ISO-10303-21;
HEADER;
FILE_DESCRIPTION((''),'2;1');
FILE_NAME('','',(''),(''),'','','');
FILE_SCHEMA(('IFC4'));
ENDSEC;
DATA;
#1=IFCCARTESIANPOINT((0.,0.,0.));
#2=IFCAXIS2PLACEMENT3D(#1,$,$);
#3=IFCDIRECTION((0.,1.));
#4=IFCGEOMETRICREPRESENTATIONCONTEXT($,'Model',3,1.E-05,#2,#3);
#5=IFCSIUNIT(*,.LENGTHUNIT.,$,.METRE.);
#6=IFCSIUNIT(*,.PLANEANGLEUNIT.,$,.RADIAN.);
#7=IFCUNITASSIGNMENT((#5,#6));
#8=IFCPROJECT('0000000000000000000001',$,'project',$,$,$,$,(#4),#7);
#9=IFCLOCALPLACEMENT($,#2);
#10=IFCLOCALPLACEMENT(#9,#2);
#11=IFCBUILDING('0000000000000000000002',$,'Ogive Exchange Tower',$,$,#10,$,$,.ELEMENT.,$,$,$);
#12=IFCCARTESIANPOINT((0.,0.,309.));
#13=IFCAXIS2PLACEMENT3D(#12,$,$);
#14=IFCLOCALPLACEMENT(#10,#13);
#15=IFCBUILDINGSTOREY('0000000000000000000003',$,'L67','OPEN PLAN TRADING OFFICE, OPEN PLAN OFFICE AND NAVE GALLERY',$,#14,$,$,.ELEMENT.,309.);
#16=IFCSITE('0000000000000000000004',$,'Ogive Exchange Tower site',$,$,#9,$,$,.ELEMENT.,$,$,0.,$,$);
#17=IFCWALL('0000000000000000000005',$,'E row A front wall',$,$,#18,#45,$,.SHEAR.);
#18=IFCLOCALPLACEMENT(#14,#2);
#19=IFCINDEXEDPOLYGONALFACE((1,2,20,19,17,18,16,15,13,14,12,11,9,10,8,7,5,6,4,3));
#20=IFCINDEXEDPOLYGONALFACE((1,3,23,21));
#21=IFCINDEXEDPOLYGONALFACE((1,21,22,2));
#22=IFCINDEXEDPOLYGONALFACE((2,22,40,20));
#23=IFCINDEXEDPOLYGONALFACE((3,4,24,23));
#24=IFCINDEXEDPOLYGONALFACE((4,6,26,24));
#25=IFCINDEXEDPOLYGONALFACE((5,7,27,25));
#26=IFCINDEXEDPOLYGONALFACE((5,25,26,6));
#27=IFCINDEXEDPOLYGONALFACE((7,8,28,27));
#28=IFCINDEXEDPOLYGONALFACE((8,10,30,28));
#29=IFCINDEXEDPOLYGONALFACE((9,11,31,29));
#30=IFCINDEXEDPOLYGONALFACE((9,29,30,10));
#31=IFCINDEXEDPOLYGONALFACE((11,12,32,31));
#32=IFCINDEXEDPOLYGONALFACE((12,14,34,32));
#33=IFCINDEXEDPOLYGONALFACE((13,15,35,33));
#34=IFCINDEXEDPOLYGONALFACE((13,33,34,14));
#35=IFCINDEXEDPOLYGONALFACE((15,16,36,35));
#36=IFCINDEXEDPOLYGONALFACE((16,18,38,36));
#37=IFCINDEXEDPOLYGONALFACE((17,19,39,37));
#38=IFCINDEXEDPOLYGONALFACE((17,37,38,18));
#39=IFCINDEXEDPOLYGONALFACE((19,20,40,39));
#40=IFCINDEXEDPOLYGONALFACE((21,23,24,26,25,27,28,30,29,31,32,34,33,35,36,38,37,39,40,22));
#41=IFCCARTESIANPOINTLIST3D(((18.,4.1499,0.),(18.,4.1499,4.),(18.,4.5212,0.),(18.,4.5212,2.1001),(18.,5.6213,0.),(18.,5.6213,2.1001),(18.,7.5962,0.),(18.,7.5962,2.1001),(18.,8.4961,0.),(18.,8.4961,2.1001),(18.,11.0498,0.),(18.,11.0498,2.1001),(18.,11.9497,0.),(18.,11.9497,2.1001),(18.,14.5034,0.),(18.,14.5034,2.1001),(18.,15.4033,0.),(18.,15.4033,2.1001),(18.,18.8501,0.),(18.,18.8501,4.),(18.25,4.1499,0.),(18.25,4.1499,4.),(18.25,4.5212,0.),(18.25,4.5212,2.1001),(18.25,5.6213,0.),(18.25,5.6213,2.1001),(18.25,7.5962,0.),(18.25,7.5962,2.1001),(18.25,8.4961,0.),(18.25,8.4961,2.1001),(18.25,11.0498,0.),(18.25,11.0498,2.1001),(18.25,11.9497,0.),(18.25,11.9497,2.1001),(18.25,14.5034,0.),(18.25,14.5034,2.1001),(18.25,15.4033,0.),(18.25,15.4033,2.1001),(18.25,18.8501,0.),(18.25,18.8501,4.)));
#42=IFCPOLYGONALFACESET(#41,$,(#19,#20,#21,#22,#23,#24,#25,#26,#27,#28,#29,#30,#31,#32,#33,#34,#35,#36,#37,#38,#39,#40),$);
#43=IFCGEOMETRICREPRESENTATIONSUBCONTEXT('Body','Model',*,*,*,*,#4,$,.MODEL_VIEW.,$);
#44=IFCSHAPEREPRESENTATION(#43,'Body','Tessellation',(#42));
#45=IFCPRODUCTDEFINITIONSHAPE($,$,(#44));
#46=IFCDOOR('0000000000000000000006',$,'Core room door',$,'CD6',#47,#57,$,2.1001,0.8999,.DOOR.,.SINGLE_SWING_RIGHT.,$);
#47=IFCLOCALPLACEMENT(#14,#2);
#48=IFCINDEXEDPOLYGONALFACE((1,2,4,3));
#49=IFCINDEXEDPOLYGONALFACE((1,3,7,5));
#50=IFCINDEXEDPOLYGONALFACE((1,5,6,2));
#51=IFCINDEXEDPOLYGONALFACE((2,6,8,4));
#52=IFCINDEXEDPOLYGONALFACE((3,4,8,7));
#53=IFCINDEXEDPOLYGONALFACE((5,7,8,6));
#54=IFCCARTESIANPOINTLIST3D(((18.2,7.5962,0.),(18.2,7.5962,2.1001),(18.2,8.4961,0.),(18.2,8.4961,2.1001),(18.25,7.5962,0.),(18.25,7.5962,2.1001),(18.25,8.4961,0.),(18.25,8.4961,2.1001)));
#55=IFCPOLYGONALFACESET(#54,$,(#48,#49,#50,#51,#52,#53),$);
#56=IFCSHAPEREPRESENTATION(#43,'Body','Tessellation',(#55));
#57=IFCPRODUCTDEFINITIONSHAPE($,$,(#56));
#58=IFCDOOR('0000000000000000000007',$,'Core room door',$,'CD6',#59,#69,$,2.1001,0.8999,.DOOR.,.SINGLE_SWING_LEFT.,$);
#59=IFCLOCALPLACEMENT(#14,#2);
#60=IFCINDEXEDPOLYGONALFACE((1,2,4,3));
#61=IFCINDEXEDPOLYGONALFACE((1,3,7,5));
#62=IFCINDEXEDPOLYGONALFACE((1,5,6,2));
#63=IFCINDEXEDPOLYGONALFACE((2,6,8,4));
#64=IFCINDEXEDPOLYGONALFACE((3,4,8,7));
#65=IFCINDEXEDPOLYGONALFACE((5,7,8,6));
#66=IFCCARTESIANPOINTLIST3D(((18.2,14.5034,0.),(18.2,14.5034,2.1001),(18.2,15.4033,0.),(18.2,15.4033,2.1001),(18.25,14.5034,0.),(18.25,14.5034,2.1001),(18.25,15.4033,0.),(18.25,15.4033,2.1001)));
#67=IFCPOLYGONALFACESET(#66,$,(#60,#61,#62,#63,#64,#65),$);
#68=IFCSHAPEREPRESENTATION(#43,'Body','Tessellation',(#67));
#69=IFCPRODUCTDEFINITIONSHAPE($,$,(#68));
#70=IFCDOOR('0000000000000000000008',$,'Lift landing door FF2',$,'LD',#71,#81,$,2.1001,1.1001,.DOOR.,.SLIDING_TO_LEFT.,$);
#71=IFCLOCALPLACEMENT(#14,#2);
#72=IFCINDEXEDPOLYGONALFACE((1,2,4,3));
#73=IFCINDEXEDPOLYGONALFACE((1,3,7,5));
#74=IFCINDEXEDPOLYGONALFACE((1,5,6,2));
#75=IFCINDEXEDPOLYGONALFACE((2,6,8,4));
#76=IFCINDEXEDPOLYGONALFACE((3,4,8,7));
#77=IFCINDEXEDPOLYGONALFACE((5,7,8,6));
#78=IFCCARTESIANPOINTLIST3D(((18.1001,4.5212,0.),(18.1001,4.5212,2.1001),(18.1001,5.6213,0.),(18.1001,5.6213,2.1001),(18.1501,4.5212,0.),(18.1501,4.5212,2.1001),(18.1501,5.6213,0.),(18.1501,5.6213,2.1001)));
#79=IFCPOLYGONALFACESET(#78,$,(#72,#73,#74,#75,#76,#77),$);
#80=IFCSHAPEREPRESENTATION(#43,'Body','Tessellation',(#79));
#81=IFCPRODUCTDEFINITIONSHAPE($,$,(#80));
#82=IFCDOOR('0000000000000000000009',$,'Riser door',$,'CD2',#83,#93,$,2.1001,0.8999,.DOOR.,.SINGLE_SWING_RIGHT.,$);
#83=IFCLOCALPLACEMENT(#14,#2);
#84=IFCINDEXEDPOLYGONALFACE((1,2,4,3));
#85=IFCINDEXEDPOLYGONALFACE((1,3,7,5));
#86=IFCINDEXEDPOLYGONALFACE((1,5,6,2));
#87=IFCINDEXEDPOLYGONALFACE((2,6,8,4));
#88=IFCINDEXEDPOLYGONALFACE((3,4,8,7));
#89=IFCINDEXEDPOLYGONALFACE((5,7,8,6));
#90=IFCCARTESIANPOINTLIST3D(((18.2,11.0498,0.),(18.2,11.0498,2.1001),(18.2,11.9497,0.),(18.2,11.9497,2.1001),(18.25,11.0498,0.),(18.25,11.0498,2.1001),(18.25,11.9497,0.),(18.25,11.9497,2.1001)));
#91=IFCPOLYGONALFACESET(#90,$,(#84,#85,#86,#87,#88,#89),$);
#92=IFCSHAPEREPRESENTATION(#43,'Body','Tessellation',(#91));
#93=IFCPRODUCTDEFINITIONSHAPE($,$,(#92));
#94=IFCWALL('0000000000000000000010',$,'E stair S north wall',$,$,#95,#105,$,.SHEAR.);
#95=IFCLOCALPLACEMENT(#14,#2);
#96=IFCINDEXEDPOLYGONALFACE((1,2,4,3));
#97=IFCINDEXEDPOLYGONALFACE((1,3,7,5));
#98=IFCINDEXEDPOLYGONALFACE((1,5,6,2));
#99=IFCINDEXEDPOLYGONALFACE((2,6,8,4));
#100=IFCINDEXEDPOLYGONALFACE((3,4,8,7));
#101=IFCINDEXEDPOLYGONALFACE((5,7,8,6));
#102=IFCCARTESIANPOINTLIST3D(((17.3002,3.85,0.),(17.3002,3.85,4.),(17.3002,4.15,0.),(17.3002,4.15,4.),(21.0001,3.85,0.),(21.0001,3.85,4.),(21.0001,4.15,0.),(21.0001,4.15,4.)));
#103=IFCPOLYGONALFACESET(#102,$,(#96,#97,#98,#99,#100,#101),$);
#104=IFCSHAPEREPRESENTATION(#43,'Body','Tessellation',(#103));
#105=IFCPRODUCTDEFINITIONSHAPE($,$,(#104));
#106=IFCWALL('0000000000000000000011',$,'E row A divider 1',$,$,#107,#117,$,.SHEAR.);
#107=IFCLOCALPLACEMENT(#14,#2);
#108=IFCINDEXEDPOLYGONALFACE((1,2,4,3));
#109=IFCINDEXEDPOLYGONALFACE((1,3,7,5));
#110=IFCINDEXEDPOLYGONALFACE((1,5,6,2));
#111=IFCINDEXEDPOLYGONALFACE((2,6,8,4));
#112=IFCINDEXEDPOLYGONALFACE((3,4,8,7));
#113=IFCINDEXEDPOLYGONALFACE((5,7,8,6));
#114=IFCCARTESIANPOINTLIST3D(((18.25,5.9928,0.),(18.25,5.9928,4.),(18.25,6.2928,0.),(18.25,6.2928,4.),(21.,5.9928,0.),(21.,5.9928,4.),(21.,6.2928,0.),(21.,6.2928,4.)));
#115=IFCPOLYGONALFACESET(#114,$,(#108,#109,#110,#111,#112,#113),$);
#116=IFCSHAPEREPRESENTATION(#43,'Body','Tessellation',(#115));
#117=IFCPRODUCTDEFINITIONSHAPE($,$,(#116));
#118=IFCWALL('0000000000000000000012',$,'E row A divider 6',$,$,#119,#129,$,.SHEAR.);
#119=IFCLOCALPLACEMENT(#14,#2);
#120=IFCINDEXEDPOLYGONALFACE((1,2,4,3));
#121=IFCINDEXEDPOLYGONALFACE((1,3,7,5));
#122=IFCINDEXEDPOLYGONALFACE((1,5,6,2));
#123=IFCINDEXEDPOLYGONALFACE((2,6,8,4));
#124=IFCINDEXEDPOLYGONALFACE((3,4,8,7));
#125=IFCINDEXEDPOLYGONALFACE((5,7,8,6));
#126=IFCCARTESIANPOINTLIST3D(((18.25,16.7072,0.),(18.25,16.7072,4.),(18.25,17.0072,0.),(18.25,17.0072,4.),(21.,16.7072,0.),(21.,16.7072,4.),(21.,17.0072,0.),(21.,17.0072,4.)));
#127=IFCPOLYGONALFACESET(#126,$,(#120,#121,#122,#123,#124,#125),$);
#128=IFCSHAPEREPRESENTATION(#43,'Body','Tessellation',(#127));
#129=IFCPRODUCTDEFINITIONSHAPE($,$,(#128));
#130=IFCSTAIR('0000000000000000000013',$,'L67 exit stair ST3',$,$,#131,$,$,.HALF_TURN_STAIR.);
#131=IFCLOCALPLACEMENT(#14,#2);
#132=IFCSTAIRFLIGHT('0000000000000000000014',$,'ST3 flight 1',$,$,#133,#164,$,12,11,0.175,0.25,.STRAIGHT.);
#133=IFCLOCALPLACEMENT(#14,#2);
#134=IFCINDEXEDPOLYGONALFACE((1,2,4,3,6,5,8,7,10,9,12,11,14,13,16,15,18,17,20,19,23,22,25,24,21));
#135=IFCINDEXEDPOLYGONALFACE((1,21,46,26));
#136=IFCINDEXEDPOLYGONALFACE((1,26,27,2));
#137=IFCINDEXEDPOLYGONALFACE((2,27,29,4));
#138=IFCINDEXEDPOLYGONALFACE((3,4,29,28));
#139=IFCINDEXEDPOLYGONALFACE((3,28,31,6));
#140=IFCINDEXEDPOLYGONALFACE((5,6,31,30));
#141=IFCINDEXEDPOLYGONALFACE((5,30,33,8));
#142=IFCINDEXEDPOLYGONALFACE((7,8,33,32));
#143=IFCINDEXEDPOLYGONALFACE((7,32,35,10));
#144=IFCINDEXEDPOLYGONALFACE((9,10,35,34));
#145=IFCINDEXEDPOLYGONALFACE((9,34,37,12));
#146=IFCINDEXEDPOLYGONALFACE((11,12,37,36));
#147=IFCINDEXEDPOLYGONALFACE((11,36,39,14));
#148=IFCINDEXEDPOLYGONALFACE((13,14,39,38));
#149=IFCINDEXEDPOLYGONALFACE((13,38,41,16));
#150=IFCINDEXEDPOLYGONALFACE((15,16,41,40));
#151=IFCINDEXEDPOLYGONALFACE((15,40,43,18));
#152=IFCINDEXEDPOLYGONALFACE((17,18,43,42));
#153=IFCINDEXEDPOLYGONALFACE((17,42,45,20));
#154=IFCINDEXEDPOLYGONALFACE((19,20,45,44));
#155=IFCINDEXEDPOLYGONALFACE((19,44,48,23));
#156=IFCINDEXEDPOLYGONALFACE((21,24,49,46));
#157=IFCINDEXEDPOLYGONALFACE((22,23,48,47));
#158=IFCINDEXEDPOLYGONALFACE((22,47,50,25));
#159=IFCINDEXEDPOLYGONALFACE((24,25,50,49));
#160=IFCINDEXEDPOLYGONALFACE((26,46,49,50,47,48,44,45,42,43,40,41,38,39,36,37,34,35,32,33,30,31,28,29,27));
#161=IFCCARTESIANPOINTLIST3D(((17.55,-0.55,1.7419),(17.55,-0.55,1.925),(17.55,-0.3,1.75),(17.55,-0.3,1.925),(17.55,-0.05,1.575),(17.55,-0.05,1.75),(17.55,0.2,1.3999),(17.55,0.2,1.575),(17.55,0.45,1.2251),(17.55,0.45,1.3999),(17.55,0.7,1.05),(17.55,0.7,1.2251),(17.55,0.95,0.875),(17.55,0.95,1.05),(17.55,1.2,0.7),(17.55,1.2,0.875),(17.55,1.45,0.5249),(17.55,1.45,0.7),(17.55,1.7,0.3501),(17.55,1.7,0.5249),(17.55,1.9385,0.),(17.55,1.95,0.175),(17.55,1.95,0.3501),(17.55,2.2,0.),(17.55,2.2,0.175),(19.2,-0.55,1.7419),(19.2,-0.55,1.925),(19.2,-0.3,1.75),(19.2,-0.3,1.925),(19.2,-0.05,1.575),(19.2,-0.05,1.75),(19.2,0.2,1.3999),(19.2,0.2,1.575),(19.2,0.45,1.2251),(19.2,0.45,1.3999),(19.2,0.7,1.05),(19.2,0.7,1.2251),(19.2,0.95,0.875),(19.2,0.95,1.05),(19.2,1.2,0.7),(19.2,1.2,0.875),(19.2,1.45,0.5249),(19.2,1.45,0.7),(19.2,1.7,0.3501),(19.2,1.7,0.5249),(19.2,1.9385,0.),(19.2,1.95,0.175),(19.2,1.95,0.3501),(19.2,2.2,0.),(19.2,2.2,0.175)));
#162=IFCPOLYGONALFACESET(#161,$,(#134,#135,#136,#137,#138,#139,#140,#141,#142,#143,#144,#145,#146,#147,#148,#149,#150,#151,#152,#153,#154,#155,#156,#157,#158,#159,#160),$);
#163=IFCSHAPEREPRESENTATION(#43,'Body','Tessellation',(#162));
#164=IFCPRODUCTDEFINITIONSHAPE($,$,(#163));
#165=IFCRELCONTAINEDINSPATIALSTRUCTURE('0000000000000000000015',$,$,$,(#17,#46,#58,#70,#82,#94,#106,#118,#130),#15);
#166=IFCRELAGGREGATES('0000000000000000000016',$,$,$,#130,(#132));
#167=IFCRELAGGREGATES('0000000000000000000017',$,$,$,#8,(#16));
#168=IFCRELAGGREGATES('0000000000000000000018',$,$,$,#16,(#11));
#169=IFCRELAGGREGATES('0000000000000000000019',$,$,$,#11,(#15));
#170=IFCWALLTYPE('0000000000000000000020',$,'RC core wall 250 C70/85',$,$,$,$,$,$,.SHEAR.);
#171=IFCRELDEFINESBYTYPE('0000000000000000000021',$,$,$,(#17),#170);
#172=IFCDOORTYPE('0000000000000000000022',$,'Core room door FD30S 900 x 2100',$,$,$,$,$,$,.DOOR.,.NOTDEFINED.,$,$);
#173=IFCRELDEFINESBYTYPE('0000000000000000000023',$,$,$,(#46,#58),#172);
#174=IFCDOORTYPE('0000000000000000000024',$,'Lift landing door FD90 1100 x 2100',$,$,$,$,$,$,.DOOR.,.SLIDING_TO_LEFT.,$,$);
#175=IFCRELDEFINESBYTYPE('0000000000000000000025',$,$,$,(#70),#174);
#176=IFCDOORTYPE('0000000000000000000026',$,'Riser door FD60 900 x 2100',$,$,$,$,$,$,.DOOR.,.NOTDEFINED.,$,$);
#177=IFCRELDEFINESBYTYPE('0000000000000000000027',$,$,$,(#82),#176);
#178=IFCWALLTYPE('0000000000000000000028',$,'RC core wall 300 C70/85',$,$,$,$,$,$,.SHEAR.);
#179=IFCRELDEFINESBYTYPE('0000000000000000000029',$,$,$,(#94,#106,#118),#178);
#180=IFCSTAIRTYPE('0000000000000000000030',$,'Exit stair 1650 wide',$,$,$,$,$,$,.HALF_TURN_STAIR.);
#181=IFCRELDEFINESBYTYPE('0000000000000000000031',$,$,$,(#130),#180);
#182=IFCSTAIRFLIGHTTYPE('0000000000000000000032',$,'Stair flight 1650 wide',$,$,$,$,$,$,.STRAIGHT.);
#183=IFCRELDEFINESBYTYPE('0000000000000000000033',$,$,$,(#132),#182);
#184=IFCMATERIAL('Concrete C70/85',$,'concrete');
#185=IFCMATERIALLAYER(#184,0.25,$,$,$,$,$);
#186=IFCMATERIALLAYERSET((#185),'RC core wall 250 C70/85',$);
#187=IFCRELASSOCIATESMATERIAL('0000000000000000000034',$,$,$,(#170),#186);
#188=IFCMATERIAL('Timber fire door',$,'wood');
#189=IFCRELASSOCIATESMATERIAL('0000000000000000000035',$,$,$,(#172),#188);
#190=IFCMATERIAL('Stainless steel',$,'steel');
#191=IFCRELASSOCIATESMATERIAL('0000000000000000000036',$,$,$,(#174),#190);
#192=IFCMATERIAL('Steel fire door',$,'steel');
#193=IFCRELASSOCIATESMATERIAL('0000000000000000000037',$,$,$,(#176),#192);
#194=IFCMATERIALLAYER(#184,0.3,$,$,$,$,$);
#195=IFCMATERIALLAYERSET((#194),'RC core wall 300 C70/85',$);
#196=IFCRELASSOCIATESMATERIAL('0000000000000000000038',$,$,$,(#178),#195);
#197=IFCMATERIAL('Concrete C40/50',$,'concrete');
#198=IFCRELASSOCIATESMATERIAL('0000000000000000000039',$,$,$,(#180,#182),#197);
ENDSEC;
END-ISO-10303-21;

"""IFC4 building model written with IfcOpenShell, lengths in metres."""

from ifc_helpers import new_model, si_unit, direction, frame, frame_2d, origin, place, context, subcontext, project, spatial, polyline, rectangle, outline, extrude, material, layer, layer_set, type_object, element, fill, aggregate, save


model = new_model("IFC4")

# Units and contexts
model_context = context("Model", 3, precision=1e-05, world=origin(), true_north=direction((0.0, 1.0)))
body_context = subcontext(model_context, "Body", "Model", "MODEL_VIEW")
ifc_project = project(units=[si_unit("LENGTHUNIT", "METRE"), si_unit("PLANEANGLEUNIT", "RADIAN")], contexts=[model_context])

# Site, building, storey
site_placement = place(None, origin())
site = spatial("IfcSite", under=ifc_project, at=site_placement, Name="Ogive Exchange Tower site", CompositionType="ELEMENT", RefElevation=0.0)
building_placement = place(site_placement, origin())
building = spatial("IfcBuilding", under=site, at=building_placement, Name="Ogive Exchange Tower", CompositionType="ELEMENT")
storey_placement = place(building_placement, frame((0.0, 0.0, 309.0)))
storey = spatial("IfcBuildingStorey", under=building, at=storey_placement, Name="L67", Description="OPEN PLAN TRADING OFFICE, OPEN PLAN OFFICE AND NAVE GALLERY", CompositionType="ELEMENT", Elevation=309.0)

# Shared definitions
ifc_material_1 = material(Name="Concrete C70/85", Category="concrete")
ifc_material_2 = material(Name="Steel fire door", Category="steel")

# Wall, openings, doors
ifc_layer_1 = layer(ifc_material_1, 0.25)
ifc_layer_set_1 = layer_set([ifc_layer_1], Name="RC core wall 250 C70/85")
wall_type_1 = type_object("IfcWallType", Name="RC core wall 250 C70/85", PredefinedType="SHEAR", material=ifc_layer_set_1)
wall_1_placement = place(storey_placement, frame((18.125, 4.1499, 0.0), z_axis=(0.0, 0.0, 1.0), x_axis=(0.0, 1.0, 0.0)))
wall_1 = element("IfcWall", 1, at=wall_1_placement, inside=storey, type_object=wall_type_1, Name="E row A front wall", PredefinedType="SHEAR", context=body_context, shape_type="SweptSolid", body=[
    extrude(rectangle(XDim=14.7002, YDim=0.25, at=frame_2d((7.3501, 0.0))), origin(), (0.0, 0.0, 1.0), 4.0),
])
opening_1_placement = place(wall_1_placement, frame((3.4463, 0.0, 0.0)))
opening_1 = element("IfcOpeningElement", 2, at=opening_1_placement, cuts=wall_1, PredefinedType="OPENING", context=body_context, shape_type="SweptSolid", body=[
    extrude(rectangle(XDim=0.8999, YDim=2.1001, at=frame_2d((0.45, 1.05))), frame((0.0, 0.135, 0.0), z_axis=(0.0, -1.0, 0.0), x_axis=(1.0, 0.0, 0.0)), (0.0, 0.0, 1.0), 0.27),
])
opening_2_placement = place(wall_1_placement, frame((6.8999, 0.0, 0.0)))
opening_2 = element("IfcOpeningElement", 3, at=opening_2_placement, cuts=wall_1, PredefinedType="OPENING", context=body_context, shape_type="SweptSolid", body=[
    extrude(rectangle(XDim=0.8999, YDim=2.1001, at=frame_2d((0.45, 1.05))), frame((0.0, 0.135, 0.0), z_axis=(0.0, -1.0, 0.0), x_axis=(1.0, 0.0, 0.0)), (0.0, 0.0, 1.0), 0.27),
])
opening_3_placement = place(wall_1_placement, frame((10.3535, 0.0, 0.0)))
opening_3 = element("IfcOpeningElement", 4, at=opening_3_placement, cuts=wall_1, PredefinedType="OPENING", context=body_context, shape_type="SweptSolid", body=[
    extrude(rectangle(XDim=0.8999, YDim=2.1001, at=frame_2d((0.45, 1.05))), frame((0.0, 0.135, 0.0), z_axis=(0.0, -1.0, 0.0), x_axis=(1.0, 0.0, 0.0)), (0.0, 0.0, 1.0), 0.27),
])
opening_4_placement = place(wall_1_placement, frame((0.3713, 0.0, 0.0)))
opening_4 = element("IfcOpeningElement", 5, at=opening_4_placement, cuts=wall_1, PredefinedType="OPENING", context=body_context, shape_type="SweptSolid", body=[
    extrude(rectangle(XDim=1.1001, YDim=2.1001, at=frame_2d((0.55, 1.05))), frame((0.0, 0.135, 0.0), z_axis=(0.0, -1.0, 0.0), x_axis=(1.0, 0.0, 0.0)), (0.0, 0.0, 1.0), 0.27),
])
ifc_material_3 = material(Name="Timber fire door", Category="wood")
door_type_1 = type_object("IfcDoorType", Name="Core room door FD30S 900 x 2100", OperationType="NOTDEFINED", PredefinedType="DOOR", material=ifc_material_3)
door_1_placement = place(opening_1_placement, frame((0.8999, -0.2002, 0.0), z_axis=(0.0, 0.0, 1.0), x_axis=(-1.0, 0.0, 0.0)))
door_1 = element("IfcDoor", 6, at=door_1_placement, inside=storey, type_object=door_type_1, Name="Core room door", ObjectType="CD6", OperationType="SINGLE_SWING_RIGHT", OverallHeight=2.1001, OverallWidth=0.8999, PredefinedType="DOOR", context=body_context, shape_type="SweptSolid", body=[
    extrude(rectangle(XDim=0.8999, YDim=2.1001, at=frame_2d((0.45, 1.05))), frame((0.0, -0.0752, 0.0), z_axis=(0.0, -1.0, 0.0), x_axis=(1.0, 0.0, 0.0)), (0.0, 0.0, 1.0), 0.05),
])
fill(opening_1, door_1)
door_2_placement = place(opening_3_placement, frame((0.8999, -0.2002, 0.0), z_axis=(0.0, 0.0, 1.0), x_axis=(-1.0, 0.0, 0.0)))
door_2 = element("IfcDoor", 7, at=door_2_placement, inside=storey, type_object=door_type_1, Name="Core room door", ObjectType="CD6", OperationType="SINGLE_SWING_LEFT", OverallHeight=2.1001, OverallWidth=0.8999, PredefinedType="DOOR", context=body_context, shape_type="SweptSolid", body=[
    extrude(rectangle(XDim=0.8999, YDim=2.1001, at=frame_2d((0.45, 1.05))), frame((0.0, -0.0752, 0.0), z_axis=(0.0, -1.0, 0.0), x_axis=(1.0, 0.0, 0.0)), (0.0, 0.0, 1.0), 0.05),
])
fill(opening_3, door_2)
ifc_material_4 = material(Name="Stainless steel", Category="steel")
door_type_2 = type_object("IfcDoorType", Name="Lift landing door FD90 1100 x 2100", OperationType="SLIDING_TO_LEFT", PredefinedType="DOOR", material=ifc_material_4)
door_3_placement = place(opening_4_placement, origin())
door_3 = element("IfcDoor", 8, at=door_3_placement, inside=storey, type_object=door_type_2, Name="Lift landing door FF2", ObjectType="LD", OperationType="SLIDING_TO_LEFT", OverallHeight=2.1001, OverallWidth=1.1001, PredefinedType="DOOR", context=body_context, shape_type="SweptSolid", body=[
    extrude(rectangle(XDim=1.1001, YDim=2.1001, at=frame_2d((0.55, 1.05))), frame((0.0, 0.0249, 0.0), z_axis=(0.0, -1.0, 0.0), x_axis=(1.0, 0.0, 0.0)), (0.0, 0.0, 1.0), 0.05),
])
fill(opening_4, door_3)
door_type_3 = type_object("IfcDoorType", Name="Riser door FD60 900 x 2100", OperationType="NOTDEFINED", PredefinedType="DOOR", material=ifc_material_2)
door_4_placement = place(opening_2_placement, frame((0.8999, -0.2002, 0.0), z_axis=(0.0, 0.0, 1.0), x_axis=(-1.0, 0.0, 0.0)))
door_4 = element("IfcDoor", 9, at=door_4_placement, inside=storey, type_object=door_type_3, Name="Riser door", ObjectType="CD2", OperationType="SINGLE_SWING_RIGHT", OverallHeight=2.1001, OverallWidth=0.8999, PredefinedType="DOOR", context=body_context, shape_type="SweptSolid", body=[
    extrude(rectangle(XDim=0.8999, YDim=2.1001, at=frame_2d((0.45, 1.05))), frame((0.0, -0.0752, 0.0), z_axis=(0.0, -1.0, 0.0), x_axis=(1.0, 0.0, 0.0)), (0.0, 0.0, 1.0), 0.05),
])
fill(opening_2, door_4)

# Walls
ifc_layer_2 = layer(ifc_material_1, 0.3)
ifc_layer_set_2 = layer_set([ifc_layer_2], Name="RC core wall 300 C70/85")
wall_type_2 = type_object("IfcWallType", Name="RC core wall 300 C70/85", PredefinedType="SHEAR", material=ifc_layer_set_2)
wall_2_placement = place(storey_placement, frame((17.3, 4.0, 0.0), z_axis=(0.0, 0.0, 1.0), x_axis=(1.0, 0.0, 0.0)))
element("IfcWall", 10, at=wall_2_placement, inside=storey, type_object=wall_type_2, Name="E stair S north wall", PredefinedType="SHEAR", context=body_context, shape_type="SweptSolid", body=[
    extrude(rectangle(XDim=3.7, YDim=0.3, at=frame_2d((1.8501, 0.0))), origin(), (0.0, 0.0, 1.0), 4.0),
])
for number, where, z_axis, x_axis, name in (
    (11, (18.25, 6.1428, 0.0), (0.0, 0.0, 1.0), (1.0, 0.0, 0.0), "E row A divider 1"),
    (12, (18.25, 16.8572, 0.0), (0.0, 0.0, 1.0), (1.0, 0.0, 0.0), "E row A divider 6"),
):
    element("IfcWall", number, at=place(storey_placement, frame(where, z_axis=z_axis, x_axis=x_axis)), inside=storey, type_object=wall_type_2, Name=name, PredefinedType="SHEAR", context=body_context, shape_type="SweptSolid", body=[
        extrude(rectangle(XDim=2.75, YDim=0.3, at=frame_2d((1.375, 0.0))), origin(), (0.0, 0.0, 1.0), 4.0),
    ])

# Stair, stair flight
ifc_material_5 = material(Name="Concrete C40/50", Category="concrete")
stair_type = type_object("IfcStairType", Name="Exit stair 1650 wide", PredefinedType="HALF_TURN_STAIR", material=ifc_material_5)
stair_placement = place(storey_placement, origin())
stair = element("IfcStair", 13, at=stair_placement, inside=storey, type_object=stair_type, Name="L67 exit stair ST3", PredefinedType="HALF_TURN_STAIR")
stair_flight_type = type_object("IfcStairFlightType", Name="Stair flight 1650 wide", PredefinedType="STRAIGHT", material=ifc_material_5)
stair_flight_placement = place(storey_placement, frame((18.375, 2.2, 0.0), z_axis=(0.0, 0.0, 1.0), x_axis=(0.0, -1.0, 0.0)))
stair_flight = element("IfcStairFlight", 14, at=stair_flight_placement, type_object=stair_flight_type, Name="ST3 flight 1", NumberOfRisers=12, NumberOfTreads=11, PredefinedType="STRAIGHT", RiserHeight=0.175, TreadLength=0.25, context=body_context, shape_type="SweptSolid", body=[
    extrude(outline(polyline([(0.0, 0.0), (0.0, 0.175), (0.25, 0.175), (0.25, 0.3501), (0.5, 0.3501), (0.5, 0.5249), (0.75, 0.5249), (0.75, 0.7), (1.0, 0.7), (1.0, 0.875), (1.25, 0.875), (1.25, 1.05), (1.5, 1.05), (1.5, 1.2251), (1.75, 1.2251), (1.75, 1.3999), (2.0, 1.3999), (2.0, 1.575), (2.25, 1.575), (2.25, 1.75), (2.5, 1.75), (2.5, 1.925), (2.75, 1.925), (2.75, 2.1001), (2.75, 1.7419), (0.2615, 0.0), (0.0, 0.0)])), frame((0.0, 0.825, 0.0), z_axis=(0.0, -1.0, 0.0), x_axis=(1.0, 0.0, 0.0)), (0.0, 0.0, 1.0), 1.6499),
])
aggregate(stair, [stair_flight])

save(model, "model.ifc")
